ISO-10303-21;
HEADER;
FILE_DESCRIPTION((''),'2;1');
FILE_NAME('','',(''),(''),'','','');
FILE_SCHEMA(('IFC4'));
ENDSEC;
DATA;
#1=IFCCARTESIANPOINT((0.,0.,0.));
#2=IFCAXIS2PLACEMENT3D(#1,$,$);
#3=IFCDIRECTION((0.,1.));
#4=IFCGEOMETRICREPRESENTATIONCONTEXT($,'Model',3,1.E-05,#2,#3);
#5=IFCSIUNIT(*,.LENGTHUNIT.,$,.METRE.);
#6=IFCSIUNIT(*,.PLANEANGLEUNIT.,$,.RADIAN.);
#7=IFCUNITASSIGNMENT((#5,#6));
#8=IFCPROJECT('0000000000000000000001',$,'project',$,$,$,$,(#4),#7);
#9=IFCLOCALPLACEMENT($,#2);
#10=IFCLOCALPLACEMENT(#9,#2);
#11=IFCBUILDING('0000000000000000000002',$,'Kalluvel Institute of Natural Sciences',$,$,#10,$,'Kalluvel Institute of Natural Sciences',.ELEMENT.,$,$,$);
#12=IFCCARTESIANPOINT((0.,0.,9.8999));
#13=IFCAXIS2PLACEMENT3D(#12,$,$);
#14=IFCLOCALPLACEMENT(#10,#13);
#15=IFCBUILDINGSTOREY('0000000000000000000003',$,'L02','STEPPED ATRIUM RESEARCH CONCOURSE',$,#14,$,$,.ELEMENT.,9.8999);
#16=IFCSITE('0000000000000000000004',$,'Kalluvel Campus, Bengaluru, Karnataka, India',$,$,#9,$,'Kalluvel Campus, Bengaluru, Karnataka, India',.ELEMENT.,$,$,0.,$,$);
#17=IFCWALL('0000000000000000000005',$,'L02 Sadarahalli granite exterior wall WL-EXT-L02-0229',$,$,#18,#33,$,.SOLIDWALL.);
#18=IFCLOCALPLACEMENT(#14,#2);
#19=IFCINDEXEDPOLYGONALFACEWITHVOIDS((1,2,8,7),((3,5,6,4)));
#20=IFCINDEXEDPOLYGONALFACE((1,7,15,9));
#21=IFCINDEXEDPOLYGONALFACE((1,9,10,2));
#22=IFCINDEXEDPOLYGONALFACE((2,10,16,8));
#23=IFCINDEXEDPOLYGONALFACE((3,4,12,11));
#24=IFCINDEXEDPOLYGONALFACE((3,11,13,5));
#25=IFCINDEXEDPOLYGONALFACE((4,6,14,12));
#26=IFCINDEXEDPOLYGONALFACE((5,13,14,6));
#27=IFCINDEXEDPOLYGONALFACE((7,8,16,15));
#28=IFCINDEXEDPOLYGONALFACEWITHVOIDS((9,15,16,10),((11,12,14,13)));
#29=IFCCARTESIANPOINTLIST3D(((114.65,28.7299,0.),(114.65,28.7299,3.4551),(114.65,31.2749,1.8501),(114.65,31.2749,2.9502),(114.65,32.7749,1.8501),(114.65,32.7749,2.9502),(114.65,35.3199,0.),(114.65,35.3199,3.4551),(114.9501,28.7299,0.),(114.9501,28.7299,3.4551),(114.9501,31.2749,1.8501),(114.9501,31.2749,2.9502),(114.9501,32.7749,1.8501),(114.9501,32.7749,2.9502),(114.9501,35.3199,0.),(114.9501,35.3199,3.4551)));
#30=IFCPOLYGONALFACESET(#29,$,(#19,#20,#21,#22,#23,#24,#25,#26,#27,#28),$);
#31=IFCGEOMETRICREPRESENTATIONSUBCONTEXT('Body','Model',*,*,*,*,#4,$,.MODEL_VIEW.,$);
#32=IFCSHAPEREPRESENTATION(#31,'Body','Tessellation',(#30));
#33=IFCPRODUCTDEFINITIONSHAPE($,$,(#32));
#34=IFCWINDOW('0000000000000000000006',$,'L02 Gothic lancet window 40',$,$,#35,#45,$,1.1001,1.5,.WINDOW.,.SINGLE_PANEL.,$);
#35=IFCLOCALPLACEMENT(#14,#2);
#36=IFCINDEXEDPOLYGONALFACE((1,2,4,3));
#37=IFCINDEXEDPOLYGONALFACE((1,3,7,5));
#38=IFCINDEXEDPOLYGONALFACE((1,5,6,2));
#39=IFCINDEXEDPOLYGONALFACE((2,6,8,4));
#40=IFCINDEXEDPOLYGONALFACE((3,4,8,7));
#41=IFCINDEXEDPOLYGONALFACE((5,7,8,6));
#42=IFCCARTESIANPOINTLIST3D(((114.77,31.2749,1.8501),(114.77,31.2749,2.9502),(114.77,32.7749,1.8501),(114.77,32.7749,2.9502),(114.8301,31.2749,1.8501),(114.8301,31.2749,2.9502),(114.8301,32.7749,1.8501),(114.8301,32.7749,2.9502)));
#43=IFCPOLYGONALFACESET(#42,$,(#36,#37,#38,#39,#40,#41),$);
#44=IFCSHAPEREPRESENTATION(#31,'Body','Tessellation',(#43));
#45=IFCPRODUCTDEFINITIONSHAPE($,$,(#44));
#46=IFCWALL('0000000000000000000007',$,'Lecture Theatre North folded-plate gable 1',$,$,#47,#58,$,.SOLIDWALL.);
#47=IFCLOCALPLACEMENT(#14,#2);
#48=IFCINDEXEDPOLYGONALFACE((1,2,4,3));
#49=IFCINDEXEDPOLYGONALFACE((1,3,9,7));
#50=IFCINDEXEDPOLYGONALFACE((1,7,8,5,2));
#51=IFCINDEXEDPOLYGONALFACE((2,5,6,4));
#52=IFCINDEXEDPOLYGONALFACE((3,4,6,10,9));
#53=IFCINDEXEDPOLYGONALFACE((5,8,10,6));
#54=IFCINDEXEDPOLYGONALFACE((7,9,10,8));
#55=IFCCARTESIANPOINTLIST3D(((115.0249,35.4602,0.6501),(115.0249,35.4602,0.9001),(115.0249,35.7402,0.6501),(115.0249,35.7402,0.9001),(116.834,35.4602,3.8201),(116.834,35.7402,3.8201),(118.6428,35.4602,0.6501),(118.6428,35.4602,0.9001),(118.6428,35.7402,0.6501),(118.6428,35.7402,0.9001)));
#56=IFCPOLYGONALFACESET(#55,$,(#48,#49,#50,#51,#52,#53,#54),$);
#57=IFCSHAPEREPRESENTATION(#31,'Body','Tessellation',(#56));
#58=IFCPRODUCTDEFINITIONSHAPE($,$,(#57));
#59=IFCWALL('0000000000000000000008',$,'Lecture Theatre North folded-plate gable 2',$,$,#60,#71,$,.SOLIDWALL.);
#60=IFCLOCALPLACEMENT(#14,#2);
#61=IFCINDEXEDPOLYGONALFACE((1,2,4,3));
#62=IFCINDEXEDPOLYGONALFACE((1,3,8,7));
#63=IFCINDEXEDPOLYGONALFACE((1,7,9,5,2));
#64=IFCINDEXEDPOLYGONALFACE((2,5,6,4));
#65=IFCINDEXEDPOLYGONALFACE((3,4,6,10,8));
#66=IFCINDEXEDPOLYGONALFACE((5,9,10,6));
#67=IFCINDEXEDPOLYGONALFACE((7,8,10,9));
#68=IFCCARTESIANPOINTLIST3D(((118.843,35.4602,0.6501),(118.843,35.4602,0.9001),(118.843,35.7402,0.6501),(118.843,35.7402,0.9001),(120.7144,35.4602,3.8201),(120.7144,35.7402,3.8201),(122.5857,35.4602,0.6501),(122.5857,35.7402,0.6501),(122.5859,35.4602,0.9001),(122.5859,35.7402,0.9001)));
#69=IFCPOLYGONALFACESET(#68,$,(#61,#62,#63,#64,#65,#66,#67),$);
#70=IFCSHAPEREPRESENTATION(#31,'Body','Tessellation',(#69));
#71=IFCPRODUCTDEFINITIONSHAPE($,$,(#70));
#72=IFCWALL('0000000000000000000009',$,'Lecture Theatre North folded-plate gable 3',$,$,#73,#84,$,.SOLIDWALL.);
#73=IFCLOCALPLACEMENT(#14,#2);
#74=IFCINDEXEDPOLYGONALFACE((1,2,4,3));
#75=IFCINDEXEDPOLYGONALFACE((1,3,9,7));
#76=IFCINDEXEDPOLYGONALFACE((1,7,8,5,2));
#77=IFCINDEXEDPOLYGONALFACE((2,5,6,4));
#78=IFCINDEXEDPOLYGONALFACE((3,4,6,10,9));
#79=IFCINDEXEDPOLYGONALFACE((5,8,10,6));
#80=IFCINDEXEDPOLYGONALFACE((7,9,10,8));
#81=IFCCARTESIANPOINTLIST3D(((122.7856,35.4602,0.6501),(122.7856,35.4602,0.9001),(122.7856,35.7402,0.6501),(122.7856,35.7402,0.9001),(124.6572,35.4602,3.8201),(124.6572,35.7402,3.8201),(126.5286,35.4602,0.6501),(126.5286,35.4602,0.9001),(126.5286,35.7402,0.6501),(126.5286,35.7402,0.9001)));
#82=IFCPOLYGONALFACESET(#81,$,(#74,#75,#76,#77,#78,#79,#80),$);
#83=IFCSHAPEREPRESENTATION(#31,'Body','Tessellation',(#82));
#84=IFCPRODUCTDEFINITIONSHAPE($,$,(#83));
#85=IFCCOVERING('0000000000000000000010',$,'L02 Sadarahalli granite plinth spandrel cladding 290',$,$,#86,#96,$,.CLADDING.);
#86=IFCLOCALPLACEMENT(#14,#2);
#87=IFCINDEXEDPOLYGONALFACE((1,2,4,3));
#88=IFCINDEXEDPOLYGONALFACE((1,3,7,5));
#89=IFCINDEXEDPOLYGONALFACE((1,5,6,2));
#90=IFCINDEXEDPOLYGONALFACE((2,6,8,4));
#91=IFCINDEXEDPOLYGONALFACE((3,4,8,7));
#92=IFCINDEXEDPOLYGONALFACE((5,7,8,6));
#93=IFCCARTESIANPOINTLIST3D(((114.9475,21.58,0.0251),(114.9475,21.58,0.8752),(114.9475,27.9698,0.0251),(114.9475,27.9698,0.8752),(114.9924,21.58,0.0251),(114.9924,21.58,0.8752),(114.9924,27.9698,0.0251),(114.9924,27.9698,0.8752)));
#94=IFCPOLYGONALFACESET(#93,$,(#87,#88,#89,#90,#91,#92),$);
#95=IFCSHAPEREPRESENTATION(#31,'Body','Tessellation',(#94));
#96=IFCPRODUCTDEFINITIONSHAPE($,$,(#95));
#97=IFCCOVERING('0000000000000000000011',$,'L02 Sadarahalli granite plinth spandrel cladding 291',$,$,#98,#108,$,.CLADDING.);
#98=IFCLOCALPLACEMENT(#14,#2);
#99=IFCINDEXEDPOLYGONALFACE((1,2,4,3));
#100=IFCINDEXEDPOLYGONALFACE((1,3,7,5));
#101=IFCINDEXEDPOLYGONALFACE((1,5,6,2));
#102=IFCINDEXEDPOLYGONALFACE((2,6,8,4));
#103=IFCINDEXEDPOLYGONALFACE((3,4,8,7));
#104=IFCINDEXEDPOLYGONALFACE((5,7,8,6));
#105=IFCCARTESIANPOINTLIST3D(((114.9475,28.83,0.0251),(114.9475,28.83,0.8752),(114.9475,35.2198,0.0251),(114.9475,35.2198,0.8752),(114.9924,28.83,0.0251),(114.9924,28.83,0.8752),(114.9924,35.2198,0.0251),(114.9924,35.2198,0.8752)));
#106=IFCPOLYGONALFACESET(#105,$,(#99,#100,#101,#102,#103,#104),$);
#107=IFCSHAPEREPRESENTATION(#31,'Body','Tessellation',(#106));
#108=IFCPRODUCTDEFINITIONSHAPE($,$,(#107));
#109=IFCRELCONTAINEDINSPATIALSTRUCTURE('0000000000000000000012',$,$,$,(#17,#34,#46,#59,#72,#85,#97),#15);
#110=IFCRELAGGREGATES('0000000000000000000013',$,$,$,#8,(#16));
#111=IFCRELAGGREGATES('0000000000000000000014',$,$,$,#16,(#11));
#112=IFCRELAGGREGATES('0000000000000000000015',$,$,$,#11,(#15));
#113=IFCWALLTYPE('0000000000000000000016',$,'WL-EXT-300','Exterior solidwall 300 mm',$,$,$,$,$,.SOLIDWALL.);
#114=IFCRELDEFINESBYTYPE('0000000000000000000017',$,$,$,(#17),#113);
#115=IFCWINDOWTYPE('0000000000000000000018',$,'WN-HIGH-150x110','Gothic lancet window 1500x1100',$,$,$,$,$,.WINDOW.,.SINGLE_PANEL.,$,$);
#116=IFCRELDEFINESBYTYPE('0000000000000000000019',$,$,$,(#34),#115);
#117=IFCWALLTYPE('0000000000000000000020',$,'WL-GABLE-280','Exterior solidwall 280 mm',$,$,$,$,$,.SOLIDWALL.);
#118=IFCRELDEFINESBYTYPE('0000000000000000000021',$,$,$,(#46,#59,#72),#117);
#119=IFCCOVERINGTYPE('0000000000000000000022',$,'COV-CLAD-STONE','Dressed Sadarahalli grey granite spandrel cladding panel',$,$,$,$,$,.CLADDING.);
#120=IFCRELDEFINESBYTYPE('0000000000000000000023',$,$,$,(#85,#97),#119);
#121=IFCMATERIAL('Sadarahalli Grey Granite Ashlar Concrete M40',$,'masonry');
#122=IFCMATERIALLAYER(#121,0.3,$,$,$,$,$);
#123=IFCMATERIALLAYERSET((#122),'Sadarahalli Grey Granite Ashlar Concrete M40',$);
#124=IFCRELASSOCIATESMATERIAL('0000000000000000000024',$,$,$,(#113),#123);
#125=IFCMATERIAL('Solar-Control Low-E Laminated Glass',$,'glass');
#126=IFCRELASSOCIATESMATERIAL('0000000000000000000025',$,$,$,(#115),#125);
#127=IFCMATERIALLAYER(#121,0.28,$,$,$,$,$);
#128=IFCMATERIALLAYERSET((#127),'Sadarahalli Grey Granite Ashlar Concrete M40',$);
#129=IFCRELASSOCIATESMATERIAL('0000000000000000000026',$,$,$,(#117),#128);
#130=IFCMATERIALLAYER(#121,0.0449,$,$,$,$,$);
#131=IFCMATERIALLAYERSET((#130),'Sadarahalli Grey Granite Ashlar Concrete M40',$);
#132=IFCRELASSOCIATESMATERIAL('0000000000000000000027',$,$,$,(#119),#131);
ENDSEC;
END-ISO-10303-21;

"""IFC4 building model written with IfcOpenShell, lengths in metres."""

from ifc_helpers import new_model, si_unit, direction, frame, frame_2d, origin, origin_2d, place, context, subcontext, project, spatial, polyline, rectangle, outline, extrude, material, layer, layer_set, type_object, element, fill, save


model = new_model("IFC4")

# Units and contexts
model_context = context("Model", 3, precision=1e-05, world=origin(), true_north=direction((0.0, 1.0)))
body_context = subcontext(model_context, "Body", "Model", "MODEL_VIEW")
ifc_project = project(units=[si_unit("LENGTHUNIT", "METRE"), si_unit("PLANEANGLEUNIT", "RADIAN")], contexts=[model_context])

# Site, building, storey
site_placement = place(None, origin())
site = spatial("IfcSite", under=ifc_project, at=site_placement, Name="Kalluvel Campus, Bengaluru, Karnataka, India", LongName="Kalluvel Campus, Bengaluru, Karnataka, India", CompositionType="ELEMENT", RefElevation=0.0)
building_placement = place(site_placement, origin())
building = spatial("IfcBuilding", under=site, at=building_placement, Name="Kalluvel Institute of Natural Sciences", LongName="Kalluvel Institute of Natural Sciences", CompositionType="ELEMENT")
storey_placement = place(building_placement, frame((0.0, 0.0, 9.8999)))
storey = spatial("IfcBuildingStorey", under=building, at=storey_placement, Name="L02", Description="STEPPED ATRIUM RESEARCH CONCOURSE", CompositionType="ELEMENT", Elevation=9.8999)

# Shared definitions
ifc_material_1 = material(Name="Solar-Control Low-E Laminated Glass", Category="glass")

# Wall, opening, window
ifc_material_2 = material(Name="Sadarahalli Grey Granite Ashlar Concrete M40", Category="masonry")
ifc_layer_1 = layer(ifc_material_2, 0.3)
ifc_layer_set_1 = layer_set([ifc_layer_1], Name="Sadarahalli Grey Granite Ashlar Concrete M40")
wall_type_1 = type_object("IfcWallType", Name="WL-EXT-300", Description="Exterior solidwall 300 mm", PredefinedType="SOLIDWALL", material=ifc_layer_set_1)
wall_1_placement = place(storey_placement, frame((114.8, 28.73, 0.0), z_axis=(0.0, 0.0, 1.0), x_axis=(0.0, 1.0, 0.0)))
wall_1 = element("IfcWall", 1, at=wall_1_placement, inside=storey, type_object=wall_type_1, Name="L02 Sadarahalli granite exterior wall WL-EXT-L02-0229", PredefinedType="SOLIDWALL", context=body_context, shape_type="SweptSolid", body=[
    extrude(rectangle(XDim=6.5901, YDim=0.3, at=frame_2d((3.2949, 0.0))), origin(), (0.0, 0.0, 1.0), 3.4551),
])
opening_placement = place(wall_1_placement, frame((2.5449, 0.0, 1.8501)))
opening = element("IfcOpeningElement", 2, at=opening_placement, cuts=wall_1, PredefinedType="OPENING", context=body_context, shape_type="SweptSolid", body=[
    extrude(rectangle(XDim=1.5, YDim=1.1001, at=frame_2d((0.75, 0.55))), frame((0.0, 0.1599, 0.0), z_axis=(0.0, -1.0, 0.0), x_axis=(1.0, 0.0, 0.0)), (0.0, 0.0, 1.0), 0.3201),
])
window_type = type_object("IfcWindowType", Name="WN-HIGH-150x110", Description="Gothic lancet window 1500x1100", PartitioningType="SINGLE_PANEL", PredefinedType="WINDOW", material=ifc_material_1)
window_placement = place(opening_placement, origin())
window = element("IfcWindow", 3, at=window_placement, inside=storey, type_object=window_type, Name="L02 Gothic lancet window 40", OverallHeight=1.1001, OverallWidth=1.5, PartitioningType="SINGLE_PANEL", PredefinedType="WINDOW", context=body_context, shape_type="SweptSolid", body=[
    extrude(rectangle(XDim=1.5, YDim=1.1001, at=frame_2d((0.75, 0.55))), frame((0.0, 0.03, 0.0), z_axis=(0.0, -1.0, 0.0), x_axis=(1.0, 0.0, 0.0)), (0.0, 0.0, 1.0), 0.0601),
])
fill(opening, window)

# Walls
ifc_layer_2 = layer(ifc_material_2, 0.28)
ifc_layer_set_2 = layer_set([ifc_layer_2], Name="Sadarahalli Grey Granite Ashlar Concrete M40")
wall_type_2 = type_object("IfcWallType", Name="WL-GABLE-280", Description="Exterior solidwall 280 mm", PredefinedType="SOLIDWALL", material=ifc_layer_set_2)
wall_2_placement = place(storey_placement, frame((115.0249, 35.6001, 0.6501), z_axis=(0.0, 0.0, 1.0), x_axis=(1.0, 0.0, 0.0)))
element("IfcWall", 4, at=wall_2_placement, inside=storey, type_object=wall_type_2, Name="Lecture Theatre North folded-plate gable 1", PredefinedType="SOLIDWALL", context=body_context, shape_type="SweptSolid", body=[
    extrude(outline(polyline([(0.0, 0.0), (3.6179, 0.0), (3.6179, 0.25), (1.8091, 3.1699), (0.0, 0.25), (0.0, 0.0)])), frame((0.0, 0.1401, 0.0), z_axis=(0.0, -1.0, 0.0), x_axis=(1.0, 0.0, 0.0)), (0.0, 0.0, 1.0), 0.28),
])
wall_3_placement = place(storey_placement, frame((118.843, 35.6001, 0.6501), z_axis=(0.0, 0.0, 1.0), x_axis=(1.0, 0.0, 0.0)))
element("IfcWall", 5, at=wall_3_placement, inside=storey, type_object=wall_type_2, Name="Lecture Theatre North folded-plate gable 2", PredefinedType="SOLIDWALL", context=body_context, shape_type="SweptSolid", body=[
    extrude(outline(polyline([(0.0, 0.0), (3.7427, 0.0), (3.7429, 0.25), (1.8713, 3.1699), (0.0, 0.25), (0.0, 0.0)])), frame((0.0, 0.1401, 0.0), z_axis=(0.0, -1.0, 0.0), x_axis=(1.0, 0.0, 0.0)), (0.0, 0.0, 1.0), 0.28),
])
wall_4_placement = place(storey_placement, frame((122.7856, 35.6001, 0.6501), z_axis=(0.0, 0.0, 1.0), x_axis=(1.0, 0.0, 0.0)))
element("IfcWall", 6, at=wall_4_placement, inside=storey, type_object=wall_type_2, Name="Lecture Theatre North folded-plate gable 3", PredefinedType="SOLIDWALL", context=body_context, shape_type="SweptSolid", body=[
    extrude(outline(polyline([(0.0, 0.0), (3.7429, 0.0), (3.7429, 0.25), (1.8716, 3.1699), (0.0, 0.25), (0.0, 0.0)])), frame((0.0, 0.1401, 0.0), z_axis=(0.0, -1.0, 0.0), x_axis=(1.0, 0.0, 0.0)), (0.0, 0.0, 1.0), 0.28),
])

# Coverings
ifc_layer_3 = layer(ifc_material_2, 0.0449)
ifc_layer_set_3 = layer_set([ifc_layer_3], Name="Sadarahalli Grey Granite Ashlar Concrete M40")
covering_type = type_object("IfcCoveringType", Name="COV-CLAD-STONE", Description="Dressed Sadarahalli grey granite spandrel cladding panel", PredefinedType="CLADDING", material=ifc_layer_set_3)
for number, where, z_axis, x_axis, name in (
    (7, (114.97, 24.7749, 0.0251), (0.0, 0.0, 1.0), (0.0, 1.0, 0.0), "L02 Sadarahalli granite plinth spandrel cladding 290"),
    (8, (114.97, 32.0249, 0.0251), (0.0, 0.0, 1.0), (0.0, 1.0, 0.0), "L02 Sadarahalli granite plinth spandrel cladding 291"),
):
    element("IfcCovering", number, at=place(storey_placement, frame(where, z_axis=z_axis, x_axis=x_axis)), inside=storey, type_object=covering_type, Name=name, PredefinedType="CLADDING", context=body_context, shape_type="SweptSolid", body=[
        extrude(rectangle(XDim=6.3899, YDim=0.0449, at=origin_2d()), origin(), (0.0, 0.0, 1.0), 0.8501),
    ])

save(model, "model.ifc")
